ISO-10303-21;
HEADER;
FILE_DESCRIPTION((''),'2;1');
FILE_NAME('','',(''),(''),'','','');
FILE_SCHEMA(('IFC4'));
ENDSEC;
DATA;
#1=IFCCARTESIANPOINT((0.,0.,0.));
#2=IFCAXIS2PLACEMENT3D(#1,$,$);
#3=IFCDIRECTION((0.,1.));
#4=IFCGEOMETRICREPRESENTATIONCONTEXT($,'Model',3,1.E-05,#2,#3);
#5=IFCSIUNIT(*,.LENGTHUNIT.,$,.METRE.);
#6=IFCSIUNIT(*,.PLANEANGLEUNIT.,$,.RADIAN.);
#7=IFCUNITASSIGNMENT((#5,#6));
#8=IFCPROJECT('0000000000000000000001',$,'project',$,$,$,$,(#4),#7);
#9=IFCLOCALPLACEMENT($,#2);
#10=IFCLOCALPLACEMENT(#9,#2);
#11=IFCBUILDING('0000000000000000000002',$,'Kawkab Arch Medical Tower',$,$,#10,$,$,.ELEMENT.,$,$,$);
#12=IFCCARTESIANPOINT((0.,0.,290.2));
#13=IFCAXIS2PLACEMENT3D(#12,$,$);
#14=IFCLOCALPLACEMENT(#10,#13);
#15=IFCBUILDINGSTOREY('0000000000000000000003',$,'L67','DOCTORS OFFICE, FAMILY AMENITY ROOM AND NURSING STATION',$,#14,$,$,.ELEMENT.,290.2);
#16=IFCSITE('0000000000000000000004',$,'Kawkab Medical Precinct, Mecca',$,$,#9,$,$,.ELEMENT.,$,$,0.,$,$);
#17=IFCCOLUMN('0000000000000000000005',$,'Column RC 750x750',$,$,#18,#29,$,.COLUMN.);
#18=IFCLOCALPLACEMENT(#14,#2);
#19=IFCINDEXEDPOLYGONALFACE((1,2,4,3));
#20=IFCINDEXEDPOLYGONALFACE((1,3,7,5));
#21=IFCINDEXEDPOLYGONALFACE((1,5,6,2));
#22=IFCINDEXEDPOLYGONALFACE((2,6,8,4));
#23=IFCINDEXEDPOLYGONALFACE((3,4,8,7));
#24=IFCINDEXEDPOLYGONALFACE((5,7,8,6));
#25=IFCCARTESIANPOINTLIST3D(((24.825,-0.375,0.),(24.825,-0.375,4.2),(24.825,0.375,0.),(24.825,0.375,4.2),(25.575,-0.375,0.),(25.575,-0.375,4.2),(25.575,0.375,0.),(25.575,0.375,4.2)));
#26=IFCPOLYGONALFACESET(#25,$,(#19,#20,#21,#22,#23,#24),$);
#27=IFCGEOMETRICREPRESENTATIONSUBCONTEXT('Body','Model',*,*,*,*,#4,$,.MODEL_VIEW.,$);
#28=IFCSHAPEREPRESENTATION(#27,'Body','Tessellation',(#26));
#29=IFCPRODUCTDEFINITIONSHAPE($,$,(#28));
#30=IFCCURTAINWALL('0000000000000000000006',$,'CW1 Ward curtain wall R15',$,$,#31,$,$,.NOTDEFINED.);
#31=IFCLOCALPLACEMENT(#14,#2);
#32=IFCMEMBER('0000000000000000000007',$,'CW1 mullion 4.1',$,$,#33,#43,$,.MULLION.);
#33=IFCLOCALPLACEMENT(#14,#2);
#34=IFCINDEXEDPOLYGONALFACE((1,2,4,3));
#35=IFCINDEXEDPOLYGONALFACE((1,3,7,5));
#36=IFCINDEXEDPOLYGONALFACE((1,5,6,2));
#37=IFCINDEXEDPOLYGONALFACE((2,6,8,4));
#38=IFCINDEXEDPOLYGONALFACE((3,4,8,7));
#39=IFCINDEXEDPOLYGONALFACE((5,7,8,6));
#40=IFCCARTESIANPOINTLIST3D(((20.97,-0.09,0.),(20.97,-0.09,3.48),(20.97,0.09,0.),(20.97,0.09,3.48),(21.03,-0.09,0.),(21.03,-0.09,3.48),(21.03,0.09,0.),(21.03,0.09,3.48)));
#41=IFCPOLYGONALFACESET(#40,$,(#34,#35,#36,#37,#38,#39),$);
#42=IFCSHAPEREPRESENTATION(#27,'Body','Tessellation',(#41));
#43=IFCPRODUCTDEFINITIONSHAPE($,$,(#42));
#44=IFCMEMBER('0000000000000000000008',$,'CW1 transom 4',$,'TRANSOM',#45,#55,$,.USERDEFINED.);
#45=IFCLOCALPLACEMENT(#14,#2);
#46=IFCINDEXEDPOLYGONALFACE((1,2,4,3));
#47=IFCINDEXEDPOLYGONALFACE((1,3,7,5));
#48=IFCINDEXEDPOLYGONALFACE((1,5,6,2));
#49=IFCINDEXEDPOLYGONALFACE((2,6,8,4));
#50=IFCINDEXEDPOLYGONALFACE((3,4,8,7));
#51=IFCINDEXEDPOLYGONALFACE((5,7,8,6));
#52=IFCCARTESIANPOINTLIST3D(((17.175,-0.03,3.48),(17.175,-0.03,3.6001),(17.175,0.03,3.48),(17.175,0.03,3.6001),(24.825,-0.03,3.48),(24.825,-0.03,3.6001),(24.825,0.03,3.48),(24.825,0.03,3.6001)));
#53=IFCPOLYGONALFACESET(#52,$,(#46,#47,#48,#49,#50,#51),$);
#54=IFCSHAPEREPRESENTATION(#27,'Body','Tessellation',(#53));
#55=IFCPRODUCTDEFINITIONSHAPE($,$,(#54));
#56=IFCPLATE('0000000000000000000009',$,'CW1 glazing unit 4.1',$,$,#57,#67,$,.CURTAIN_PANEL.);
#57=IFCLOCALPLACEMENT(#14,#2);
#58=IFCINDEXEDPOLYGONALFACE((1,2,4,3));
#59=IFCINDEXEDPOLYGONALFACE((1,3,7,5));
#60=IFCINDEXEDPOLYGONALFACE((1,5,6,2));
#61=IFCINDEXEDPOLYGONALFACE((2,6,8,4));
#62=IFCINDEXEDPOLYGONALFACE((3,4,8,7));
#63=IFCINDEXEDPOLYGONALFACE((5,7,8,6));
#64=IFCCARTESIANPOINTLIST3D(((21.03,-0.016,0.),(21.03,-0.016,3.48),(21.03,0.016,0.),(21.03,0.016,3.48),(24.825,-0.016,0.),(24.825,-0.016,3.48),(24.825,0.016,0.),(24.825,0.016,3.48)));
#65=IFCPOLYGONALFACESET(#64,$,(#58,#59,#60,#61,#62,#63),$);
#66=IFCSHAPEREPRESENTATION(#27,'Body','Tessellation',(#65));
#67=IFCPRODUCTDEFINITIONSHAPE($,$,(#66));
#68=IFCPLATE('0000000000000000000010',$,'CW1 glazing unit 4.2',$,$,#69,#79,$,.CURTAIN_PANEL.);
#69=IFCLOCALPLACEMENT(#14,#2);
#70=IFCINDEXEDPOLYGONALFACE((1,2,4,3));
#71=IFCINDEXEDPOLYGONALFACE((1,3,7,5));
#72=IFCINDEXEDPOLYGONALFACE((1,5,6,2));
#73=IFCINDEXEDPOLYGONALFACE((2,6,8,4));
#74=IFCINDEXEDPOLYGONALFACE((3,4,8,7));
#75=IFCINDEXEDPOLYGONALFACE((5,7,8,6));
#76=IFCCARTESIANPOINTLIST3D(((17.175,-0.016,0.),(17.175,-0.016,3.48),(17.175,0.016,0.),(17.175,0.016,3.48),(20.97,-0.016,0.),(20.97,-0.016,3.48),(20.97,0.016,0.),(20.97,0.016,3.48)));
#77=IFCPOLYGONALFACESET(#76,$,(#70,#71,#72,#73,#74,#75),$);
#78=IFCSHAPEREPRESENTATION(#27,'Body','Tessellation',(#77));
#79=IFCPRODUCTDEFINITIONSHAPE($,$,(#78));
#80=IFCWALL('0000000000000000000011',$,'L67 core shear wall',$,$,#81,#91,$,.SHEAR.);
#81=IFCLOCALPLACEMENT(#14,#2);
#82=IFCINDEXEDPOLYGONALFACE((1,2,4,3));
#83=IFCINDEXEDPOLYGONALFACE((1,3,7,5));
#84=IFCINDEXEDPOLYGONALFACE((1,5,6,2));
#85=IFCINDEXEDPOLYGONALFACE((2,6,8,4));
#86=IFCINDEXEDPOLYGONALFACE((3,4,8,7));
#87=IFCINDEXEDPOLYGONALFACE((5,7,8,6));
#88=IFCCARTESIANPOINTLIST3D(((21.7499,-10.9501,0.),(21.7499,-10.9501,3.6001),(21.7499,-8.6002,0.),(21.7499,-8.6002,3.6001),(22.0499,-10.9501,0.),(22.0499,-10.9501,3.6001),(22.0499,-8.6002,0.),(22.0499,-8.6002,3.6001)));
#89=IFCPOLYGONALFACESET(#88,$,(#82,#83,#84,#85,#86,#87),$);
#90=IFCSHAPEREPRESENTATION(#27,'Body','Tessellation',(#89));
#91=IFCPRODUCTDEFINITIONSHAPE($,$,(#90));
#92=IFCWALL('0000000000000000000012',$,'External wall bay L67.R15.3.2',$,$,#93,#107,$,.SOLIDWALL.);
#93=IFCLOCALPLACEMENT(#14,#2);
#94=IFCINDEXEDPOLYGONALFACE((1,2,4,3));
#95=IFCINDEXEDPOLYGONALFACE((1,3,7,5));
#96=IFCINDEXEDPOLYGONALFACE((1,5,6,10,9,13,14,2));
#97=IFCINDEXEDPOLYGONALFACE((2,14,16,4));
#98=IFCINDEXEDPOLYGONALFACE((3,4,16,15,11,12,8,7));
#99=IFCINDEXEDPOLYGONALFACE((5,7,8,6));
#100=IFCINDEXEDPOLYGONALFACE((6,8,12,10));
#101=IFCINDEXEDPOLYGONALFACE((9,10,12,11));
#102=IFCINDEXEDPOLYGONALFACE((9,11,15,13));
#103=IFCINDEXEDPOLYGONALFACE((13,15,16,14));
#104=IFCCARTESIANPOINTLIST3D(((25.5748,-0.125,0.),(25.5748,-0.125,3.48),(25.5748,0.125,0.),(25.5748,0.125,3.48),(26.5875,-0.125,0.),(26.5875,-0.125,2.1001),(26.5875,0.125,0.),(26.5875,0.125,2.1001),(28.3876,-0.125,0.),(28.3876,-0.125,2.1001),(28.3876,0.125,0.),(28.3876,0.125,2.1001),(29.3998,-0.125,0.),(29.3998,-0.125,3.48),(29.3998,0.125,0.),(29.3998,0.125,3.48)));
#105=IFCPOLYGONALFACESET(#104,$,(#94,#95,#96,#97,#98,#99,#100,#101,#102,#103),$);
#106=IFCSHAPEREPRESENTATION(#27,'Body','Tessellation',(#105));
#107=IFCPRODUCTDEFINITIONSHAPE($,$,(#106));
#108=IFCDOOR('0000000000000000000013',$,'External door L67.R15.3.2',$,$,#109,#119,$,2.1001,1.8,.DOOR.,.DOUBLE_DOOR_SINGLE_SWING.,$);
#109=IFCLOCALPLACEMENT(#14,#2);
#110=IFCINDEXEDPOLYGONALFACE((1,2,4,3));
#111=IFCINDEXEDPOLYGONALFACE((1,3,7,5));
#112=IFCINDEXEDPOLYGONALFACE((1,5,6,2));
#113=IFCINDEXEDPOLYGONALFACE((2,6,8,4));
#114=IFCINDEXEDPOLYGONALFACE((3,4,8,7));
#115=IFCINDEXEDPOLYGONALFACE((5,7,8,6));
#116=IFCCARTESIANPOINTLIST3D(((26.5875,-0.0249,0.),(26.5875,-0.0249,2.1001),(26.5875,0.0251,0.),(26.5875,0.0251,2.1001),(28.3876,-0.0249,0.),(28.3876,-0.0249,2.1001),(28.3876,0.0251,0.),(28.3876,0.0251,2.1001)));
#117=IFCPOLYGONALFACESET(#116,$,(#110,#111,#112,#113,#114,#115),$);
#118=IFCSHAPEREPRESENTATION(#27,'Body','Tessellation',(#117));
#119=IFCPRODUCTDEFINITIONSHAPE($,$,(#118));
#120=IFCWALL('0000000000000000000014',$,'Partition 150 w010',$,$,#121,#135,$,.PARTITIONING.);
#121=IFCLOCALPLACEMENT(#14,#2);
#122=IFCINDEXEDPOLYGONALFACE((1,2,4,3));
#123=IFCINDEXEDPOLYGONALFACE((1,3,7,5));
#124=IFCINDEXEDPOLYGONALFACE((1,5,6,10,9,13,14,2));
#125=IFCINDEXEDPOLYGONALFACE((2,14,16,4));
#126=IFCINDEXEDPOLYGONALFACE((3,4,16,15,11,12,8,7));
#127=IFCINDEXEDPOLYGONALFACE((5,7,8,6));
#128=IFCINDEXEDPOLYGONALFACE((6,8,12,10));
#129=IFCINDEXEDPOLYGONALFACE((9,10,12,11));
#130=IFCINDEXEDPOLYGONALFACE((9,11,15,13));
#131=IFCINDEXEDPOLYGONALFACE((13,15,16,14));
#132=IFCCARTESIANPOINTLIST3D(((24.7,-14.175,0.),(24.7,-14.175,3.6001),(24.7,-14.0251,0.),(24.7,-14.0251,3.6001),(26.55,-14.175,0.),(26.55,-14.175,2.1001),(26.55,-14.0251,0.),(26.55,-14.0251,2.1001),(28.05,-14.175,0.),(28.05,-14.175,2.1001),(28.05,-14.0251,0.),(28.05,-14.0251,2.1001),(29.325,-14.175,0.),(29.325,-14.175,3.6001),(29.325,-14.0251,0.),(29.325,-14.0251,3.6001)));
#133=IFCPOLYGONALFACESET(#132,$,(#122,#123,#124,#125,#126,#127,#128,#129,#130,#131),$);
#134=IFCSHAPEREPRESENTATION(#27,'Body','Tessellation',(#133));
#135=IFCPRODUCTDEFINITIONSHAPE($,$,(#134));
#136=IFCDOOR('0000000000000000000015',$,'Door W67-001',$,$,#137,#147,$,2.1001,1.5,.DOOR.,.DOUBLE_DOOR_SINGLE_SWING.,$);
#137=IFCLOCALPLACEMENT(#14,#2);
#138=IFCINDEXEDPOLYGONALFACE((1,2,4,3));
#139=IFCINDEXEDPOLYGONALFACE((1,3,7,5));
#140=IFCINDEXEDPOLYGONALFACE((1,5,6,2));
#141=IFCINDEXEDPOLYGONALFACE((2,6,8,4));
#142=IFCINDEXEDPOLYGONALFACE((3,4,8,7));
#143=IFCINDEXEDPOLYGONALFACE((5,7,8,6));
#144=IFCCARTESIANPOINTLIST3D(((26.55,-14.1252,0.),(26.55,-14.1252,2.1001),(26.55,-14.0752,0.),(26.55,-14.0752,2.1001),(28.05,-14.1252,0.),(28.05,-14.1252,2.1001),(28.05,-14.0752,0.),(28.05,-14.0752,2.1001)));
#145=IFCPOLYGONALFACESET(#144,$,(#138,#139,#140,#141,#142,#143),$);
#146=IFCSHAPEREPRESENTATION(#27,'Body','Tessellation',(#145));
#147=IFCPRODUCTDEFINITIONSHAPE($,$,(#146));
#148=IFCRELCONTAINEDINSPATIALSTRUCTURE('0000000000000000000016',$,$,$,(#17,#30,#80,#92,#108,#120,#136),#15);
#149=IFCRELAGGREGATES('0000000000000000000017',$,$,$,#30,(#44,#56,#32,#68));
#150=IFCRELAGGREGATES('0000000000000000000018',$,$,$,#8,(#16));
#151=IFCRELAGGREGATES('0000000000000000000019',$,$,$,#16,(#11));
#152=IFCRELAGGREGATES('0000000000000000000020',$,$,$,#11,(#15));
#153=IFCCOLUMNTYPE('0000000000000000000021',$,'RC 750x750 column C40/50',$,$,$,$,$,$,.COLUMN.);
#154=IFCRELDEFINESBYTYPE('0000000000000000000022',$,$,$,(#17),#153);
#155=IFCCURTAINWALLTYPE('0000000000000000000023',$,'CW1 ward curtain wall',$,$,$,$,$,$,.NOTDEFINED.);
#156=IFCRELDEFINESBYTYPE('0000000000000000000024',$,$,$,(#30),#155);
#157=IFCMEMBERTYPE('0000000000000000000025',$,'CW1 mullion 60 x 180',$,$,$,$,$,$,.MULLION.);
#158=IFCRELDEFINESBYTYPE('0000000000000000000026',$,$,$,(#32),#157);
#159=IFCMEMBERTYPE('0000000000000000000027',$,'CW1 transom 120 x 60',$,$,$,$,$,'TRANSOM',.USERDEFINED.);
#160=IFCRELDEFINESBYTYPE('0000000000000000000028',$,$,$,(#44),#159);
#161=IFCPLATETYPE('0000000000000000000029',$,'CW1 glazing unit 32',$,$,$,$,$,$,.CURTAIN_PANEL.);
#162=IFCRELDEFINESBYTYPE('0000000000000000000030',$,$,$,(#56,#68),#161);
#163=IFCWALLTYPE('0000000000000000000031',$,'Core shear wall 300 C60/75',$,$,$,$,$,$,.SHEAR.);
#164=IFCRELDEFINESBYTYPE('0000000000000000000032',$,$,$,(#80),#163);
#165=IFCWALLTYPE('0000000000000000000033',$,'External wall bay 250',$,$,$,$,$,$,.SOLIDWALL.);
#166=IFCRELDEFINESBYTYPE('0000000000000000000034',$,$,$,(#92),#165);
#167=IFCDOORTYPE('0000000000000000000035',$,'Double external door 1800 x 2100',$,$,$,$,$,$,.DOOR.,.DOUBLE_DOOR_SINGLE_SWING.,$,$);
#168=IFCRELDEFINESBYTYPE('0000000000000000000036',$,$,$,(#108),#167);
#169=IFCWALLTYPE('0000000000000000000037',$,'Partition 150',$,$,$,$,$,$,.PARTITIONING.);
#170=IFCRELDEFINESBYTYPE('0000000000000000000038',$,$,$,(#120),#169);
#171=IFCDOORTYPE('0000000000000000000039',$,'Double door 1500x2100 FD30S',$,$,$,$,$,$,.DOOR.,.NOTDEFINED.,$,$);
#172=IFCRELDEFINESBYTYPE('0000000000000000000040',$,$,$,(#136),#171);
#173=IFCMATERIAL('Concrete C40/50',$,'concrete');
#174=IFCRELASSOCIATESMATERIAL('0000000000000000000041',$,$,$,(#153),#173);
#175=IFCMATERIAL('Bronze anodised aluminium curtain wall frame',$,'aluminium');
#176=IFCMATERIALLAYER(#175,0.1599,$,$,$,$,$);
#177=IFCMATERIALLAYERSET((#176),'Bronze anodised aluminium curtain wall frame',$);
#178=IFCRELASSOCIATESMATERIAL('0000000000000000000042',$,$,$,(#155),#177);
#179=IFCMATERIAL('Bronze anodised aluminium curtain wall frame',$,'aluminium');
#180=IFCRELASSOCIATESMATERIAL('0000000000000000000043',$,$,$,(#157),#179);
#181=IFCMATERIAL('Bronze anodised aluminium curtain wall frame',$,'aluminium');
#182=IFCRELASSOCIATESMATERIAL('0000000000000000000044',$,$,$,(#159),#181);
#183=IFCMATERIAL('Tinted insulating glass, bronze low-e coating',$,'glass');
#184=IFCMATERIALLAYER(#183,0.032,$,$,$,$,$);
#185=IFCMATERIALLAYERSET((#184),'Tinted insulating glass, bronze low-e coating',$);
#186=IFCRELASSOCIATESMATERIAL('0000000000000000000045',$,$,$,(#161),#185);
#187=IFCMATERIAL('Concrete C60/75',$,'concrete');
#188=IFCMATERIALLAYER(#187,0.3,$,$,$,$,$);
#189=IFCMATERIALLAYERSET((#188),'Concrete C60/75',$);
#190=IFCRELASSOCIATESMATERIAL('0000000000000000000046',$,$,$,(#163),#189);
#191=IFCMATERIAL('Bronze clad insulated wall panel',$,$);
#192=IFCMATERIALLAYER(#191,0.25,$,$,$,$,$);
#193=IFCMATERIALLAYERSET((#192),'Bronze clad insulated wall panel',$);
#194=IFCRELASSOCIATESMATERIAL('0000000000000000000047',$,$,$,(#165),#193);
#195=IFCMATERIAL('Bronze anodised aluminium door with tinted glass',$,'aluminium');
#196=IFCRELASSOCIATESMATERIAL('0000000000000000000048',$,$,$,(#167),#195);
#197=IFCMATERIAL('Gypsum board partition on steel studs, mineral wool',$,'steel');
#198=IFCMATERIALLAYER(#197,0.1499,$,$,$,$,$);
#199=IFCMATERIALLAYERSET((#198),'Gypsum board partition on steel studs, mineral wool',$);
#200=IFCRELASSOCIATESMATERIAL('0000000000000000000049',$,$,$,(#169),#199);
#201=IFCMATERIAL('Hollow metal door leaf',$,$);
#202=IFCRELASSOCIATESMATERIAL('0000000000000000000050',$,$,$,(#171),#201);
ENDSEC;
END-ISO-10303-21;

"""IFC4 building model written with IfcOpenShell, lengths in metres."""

from ifc_helpers import new_model, si_unit, direction, frame, frame_2d, origin, origin_2d, place, context, subcontext, project, spatial, rectangle, extrude, material, layer, layer_set, material_profile, profile_set, type_object, element, fill, aggregate, save


model = new_model("IFC4")

# Units and contexts
model_context = context("Model", 3, precision=1e-05, world=origin(), true_north=direction((0.0, 1.0)))
body_context = subcontext(model_context, "Body", "Model", "MODEL_VIEW")
ifc_project = project(units=[si_unit("LENGTHUNIT", "METRE"), si_unit("PLANEANGLEUNIT", "RADIAN")], contexts=[model_context])

# Site, building, storey
site_placement = place(None, origin())
site = spatial("IfcSite", under=ifc_project, at=site_placement, Name="Kawkab Medical Precinct, Mecca", CompositionType="ELEMENT", RefElevation=0.0)
building_placement = place(site_placement, origin())
building = spatial("IfcBuilding", under=site, at=building_placement, Name="Kawkab Arch Medical Tower", CompositionType="ELEMENT")
storey_placement = place(building_placement, frame((0.0, 0.0, 290.2)))
storey = spatial("IfcBuildingStorey", under=building, at=storey_placement, Name="L67", Description="DOCTORS OFFICE, FAMILY AMENITY ROOM AND NURSING STATION", CompositionType="ELEMENT", Elevation=290.2)

# Column
ifc_material_1 = material(Name="Concrete C40/50", Category="concrete")
ifc_material_profile_1 = material_profile(ifc_material_1, rectangle(XDim=0.75, YDim=0.75, at=origin_2d()), Name="RC 750x750")
ifc_profile_set_1 = profile_set([ifc_material_profile_1], Name="Concrete C40/50")
column_type = type_object("IfcColumnType", Name="RC 750x750 column C40/50", PredefinedType="COLUMN", material=ifc_profile_set_1)
column_placement = place(storey_placement, frame((25.2, 0.0, 0.0), z_axis=(0.0, 0.0, 1.0), x_axis=(1.0, 0.0, 0.0)))
element("IfcColumn", 1, at=column_placement, inside=storey, type_object=column_type, Name="Column RC 750x750", PredefinedType="COLUMN", context=body_context, shape_type="SweptSolid", body=[
    extrude(rectangle(XDim=0.75, YDim=0.75, at=origin_2d()), origin(), (0.0, 0.0, 1.0), 4.2),
])

# Curtain wall, members, plates
ifc_material_2 = material(Name="Bronze anodised aluminium curtain wall frame", Category="aluminium")
ifc_layer_1 = layer(ifc_material_2, 0.1599)
ifc_layer_set_1 = layer_set([ifc_layer_1], Name="Bronze anodised aluminium curtain wall frame")
curtain_wall_type = type_object("IfcCurtainWallType", Name="CW1 ward curtain wall", PredefinedType="NOTDEFINED", material=ifc_layer_set_1)
placement = place(storey_placement, origin())
curtain_wall = element("IfcCurtainWall", 2, at=placement, inside=storey, type_object=curtain_wall_type, Name="CW1 Ward curtain wall R15", PredefinedType="NOTDEFINED")
ifc_material_3 = material(Name="Bronze anodised aluminium curtain wall frame", Category="aluminium")
ifc_material_profile_2 = material_profile(ifc_material_3, rectangle(XDim=0.1799, YDim=0.0601, at=origin_2d()), Name="AL 60x180")
ifc_profile_set_2 = profile_set([ifc_material_profile_2], Name="Bronze anodised aluminium curtain wall frame")
member_type_1 = type_object("IfcMemberType", Name="CW1 mullion 60 x 180", PredefinedType="MULLION", material=ifc_profile_set_2)
member_1_placement = place(storey_placement, frame((21.0, 0.0, 0.0), z_axis=(0.0, 0.0, 1.0), x_axis=(0.0, -1.0, 0.0)))
member_1 = element("IfcMember", 3, at=member_1_placement, type_object=member_type_1, Name="CW1 mullion 4.1", PredefinedType="MULLION", context=body_context, shape_type="SweptSolid", body=[
    extrude(rectangle(XDim=0.1799, YDim=0.0601, at=origin_2d()), origin(), (0.0, 0.0, 1.0), 3.48),
])
ifc_material_4 = material(Name="Bronze anodised aluminium curtain wall frame", Category="aluminium")
ifc_material_profile_3 = material_profile(ifc_material_4, rectangle(XDim=0.0601, YDim=0.1201, at=origin_2d()), Name="AL 60x120")
ifc_profile_set_3 = profile_set([ifc_material_profile_3], Name="Bronze anodised aluminium curtain wall frame")
member_type_2 = type_object("IfcMemberType", Name="CW1 transom 120 x 60", ElementType="TRANSOM", PredefinedType="USERDEFINED", material=ifc_profile_set_3)
member_2_placement = place(storey_placement, frame((24.825, 0.0, 3.54), z_axis=(-1.0, 0.0, 0.0), x_axis=(0.0, -1.0, 0.0)))
member_2 = element("IfcMember", 4, at=member_2_placement, type_object=member_type_2, Name="CW1 transom 4", ObjectType="TRANSOM", PredefinedType="USERDEFINED", context=body_context, shape_type="SweptSolid", body=[
    extrude(rectangle(XDim=0.0601, YDim=0.1201, at=origin_2d()), origin(), (0.0, 0.0, 1.0), 7.6499),
])
ifc_material_5 = material(Name="Tinted insulating glass, bronze low-e coating", Category="glass")
ifc_layer_2 = layer(ifc_material_5, 0.032)
ifc_layer_set_2 = layer_set([ifc_layer_2], Name="Tinted insulating glass, bronze low-e coating")
plate_type = type_object("IfcPlateType", Name="CW1 glazing unit 32", PredefinedType="CURTAIN_PANEL", material=ifc_layer_set_2)
plate_1_placement = place(storey_placement, frame((22.9275, 0.0, 0.0), z_axis=(0.0, 0.0, 1.0), x_axis=(-1.0, 0.0, 0.0)))
plate_1 = element("IfcPlate", 5, at=plate_1_placement, type_object=plate_type, Name="CW1 glazing unit 4.1", PredefinedType="CURTAIN_PANEL", context=body_context, shape_type="SweptSolid", body=[
    extrude(rectangle(XDim=3.7949, YDim=0.032, at=origin_2d()), origin(), (0.0, 0.0, 1.0), 3.48),
])
plate_2_placement = place(storey_placement, frame((19.0725, 0.0, 0.0), z_axis=(0.0, 0.0, 1.0), x_axis=(-1.0, 0.0, 0.0)))
plate_2 = element("IfcPlate", 6, at=plate_2_placement, type_object=plate_type, Name="CW1 glazing unit 4.2", PredefinedType="CURTAIN_PANEL", context=body_context, shape_type="SweptSolid", body=[
    extrude(rectangle(XDim=3.7949, YDim=0.032, at=origin_2d()), origin(), (0.0, 0.0, 1.0), 3.48),
])
aggregate(curtain_wall, [member_2, plate_1, member_1, plate_2])

# Wall
ifc_material_6 = material(Name="Concrete C60/75", Category="concrete")
ifc_layer_3 = layer(ifc_material_6, 0.3)
ifc_layer_set_3 = layer_set([ifc_layer_3], Name="Concrete C60/75")
wall_type_1 = type_object("IfcWallType", Name="Core shear wall 300 C60/75", PredefinedType="SHEAR", material=ifc_layer_set_3)
wall_1_placement = place(storey_placement, frame((21.8999, -10.95, 0.0), z_axis=(0.0, 0.0, 1.0), x_axis=(0.0, 1.0, 0.0)))
element("IfcWall", 7, at=wall_1_placement, inside=storey, type_object=wall_type_1, Name="L67 core shear wall", PredefinedType="SHEAR", context=body_context, shape_type="SweptSolid", body=[
    extrude(rectangle(XDim=2.3499, YDim=0.3, at=frame_2d((1.1748, 0.0))), origin(), (0.0, 0.0, 1.0), 3.6001),
])

# Walls, openings, doors
ifc_material_7 = material(Name="Bronze clad insulated wall panel")
ifc_layer_4 = layer(ifc_material_7, 0.25)
ifc_layer_set_4 = layer_set([ifc_layer_4], Name="Bronze clad insulated wall panel")
wall_type_2 = type_object("IfcWallType", Name="External wall bay 250", PredefinedType="SOLIDWALL", material=ifc_layer_set_4)
wall_2_placement = place(storey_placement, frame((29.3999, 0.0, 0.0), z_axis=(0.0, 0.0, 1.0), x_axis=(-1.0, 0.0, 0.0)))
wall_2 = element("IfcWall", 8, at=wall_2_placement, inside=storey, type_object=wall_type_2, Name="External wall bay L67.R15.3.2", PredefinedType="SOLIDWALL", context=body_context, shape_type="SweptSolid", body=[
    extrude(rectangle(XDim=3.825, YDim=0.25, at=frame_2d((1.9126, 0.0))), origin(), (0.0, 0.0, 1.0), 3.48),
])
opening_1_placement = place(wall_2_placement, frame((1.0125, 0.0, 0.0)))
opening_1 = element("IfcOpeningElement", 9, at=opening_1_placement, cuts=wall_2, PredefinedType="OPENING", context=body_context, shape_type="SweptSolid", body=[
    extrude(rectangle(XDim=1.8, YDim=2.1001, at=frame_2d((0.8999, 1.05))), frame((0.0, 0.135, 0.0), z_axis=(0.0, -1.0, 0.0), x_axis=(1.0, 0.0, 0.0)), (0.0, 0.0, 1.0), 0.27),
])
ifc_material_8 = material(Name="Bronze anodised aluminium door with tinted glass", Category="aluminium")
door_type_1 = type_object("IfcDoorType", Name="Double external door 1800 x 2100", OperationType="DOUBLE_DOOR_SINGLE_SWING", PredefinedType="DOOR", material=ifc_material_8)
door_1_placement = place(opening_1_placement, origin())
door_1 = element("IfcDoor", 10, at=door_1_placement, inside=storey, type_object=door_type_1, Name="External door L67.R15.3.2", OperationType="DOUBLE_DOOR_SINGLE_SWING", OverallHeight=2.1001, OverallWidth=1.8, PredefinedType="DOOR", context=body_context, shape_type="SweptSolid", body=[
    extrude(rectangle(XDim=1.8, YDim=2.1001, at=frame_2d((0.8999, 1.05))), frame((0.0, 0.0249, 0.0), z_axis=(0.0, -1.0, 0.0), x_axis=(1.0, 0.0, 0.0)), (0.0, 0.0, 1.0), 0.05),
])
fill(opening_1, door_1)
ifc_material_9 = material(Name="Gypsum board partition on steel studs, mineral wool", Category="steel")
ifc_layer_5 = layer(ifc_material_9, 0.1499)
ifc_layer_set_5 = layer_set([ifc_layer_5], Name="Gypsum board partition on steel studs, mineral wool")
wall_type_3 = type_object("IfcWallType", Name="Partition 150", PredefinedType="PARTITIONING", material=ifc_layer_set_5)
wall_3_placement = place(storey_placement, frame((24.7, -14.1001, 0.0), z_axis=(0.0, 0.0, 1.0), x_axis=(1.0, 0.0, 0.0)))
wall_3 = element("IfcWall", 11, at=wall_3_placement, inside=storey, type_object=wall_type_3, Name="Partition 150 w010", PredefinedType="PARTITIONING", context=body_context, shape_type="SweptSolid", body=[
    extrude(rectangle(XDim=4.625, YDim=0.1499, at=frame_2d((2.3125, 0.0))), origin(), (0.0, 0.0, 1.0), 3.6001),
])
opening_2_placement = place(wall_3_placement, frame((1.8501, 0.0, 0.0)))
opening_2 = element("IfcOpeningElement", 12, at=opening_2_placement, cuts=wall_3, PredefinedType="OPENING", context=body_context, shape_type="SweptSolid", body=[
    extrude(rectangle(XDim=1.5, YDim=2.1001, at=frame_2d((0.75, 1.05))), frame((0.0, 0.085, 0.0), z_axis=(0.0, -1.0, 0.0), x_axis=(1.0, 0.0, 0.0)), (0.0, 0.0, 1.0), 0.1699),
])
ifc_material_10 = material(Name="Hollow metal door leaf")
door_type_2 = type_object("IfcDoorType", Name="Double door 1500x2100 FD30S", OperationType="NOTDEFINED", PredefinedType="DOOR", material=ifc_material_10)
door_2_placement = place(opening_2_placement, origin())
door_2 = element("IfcDoor", 13, at=door_2_placement, inside=storey, type_object=door_type_2, Name="Door W67-001", OperationType="DOUBLE_DOOR_SINGLE_SWING", OverallHeight=2.1001, OverallWidth=1.5, PredefinedType="DOOR", context=body_context, shape_type="SweptSolid", body=[
    extrude(rectangle(XDim=1.5, YDim=2.1001, at=frame_2d((0.75, 1.05))), frame((0.0, 0.0249, 0.0), z_axis=(0.0, -1.0, 0.0), x_axis=(1.0, 0.0, 0.0)), (0.0, 0.0, 1.0), 0.05),
])
fill(opening_2, door_2)

save(model, "model.ifc")
